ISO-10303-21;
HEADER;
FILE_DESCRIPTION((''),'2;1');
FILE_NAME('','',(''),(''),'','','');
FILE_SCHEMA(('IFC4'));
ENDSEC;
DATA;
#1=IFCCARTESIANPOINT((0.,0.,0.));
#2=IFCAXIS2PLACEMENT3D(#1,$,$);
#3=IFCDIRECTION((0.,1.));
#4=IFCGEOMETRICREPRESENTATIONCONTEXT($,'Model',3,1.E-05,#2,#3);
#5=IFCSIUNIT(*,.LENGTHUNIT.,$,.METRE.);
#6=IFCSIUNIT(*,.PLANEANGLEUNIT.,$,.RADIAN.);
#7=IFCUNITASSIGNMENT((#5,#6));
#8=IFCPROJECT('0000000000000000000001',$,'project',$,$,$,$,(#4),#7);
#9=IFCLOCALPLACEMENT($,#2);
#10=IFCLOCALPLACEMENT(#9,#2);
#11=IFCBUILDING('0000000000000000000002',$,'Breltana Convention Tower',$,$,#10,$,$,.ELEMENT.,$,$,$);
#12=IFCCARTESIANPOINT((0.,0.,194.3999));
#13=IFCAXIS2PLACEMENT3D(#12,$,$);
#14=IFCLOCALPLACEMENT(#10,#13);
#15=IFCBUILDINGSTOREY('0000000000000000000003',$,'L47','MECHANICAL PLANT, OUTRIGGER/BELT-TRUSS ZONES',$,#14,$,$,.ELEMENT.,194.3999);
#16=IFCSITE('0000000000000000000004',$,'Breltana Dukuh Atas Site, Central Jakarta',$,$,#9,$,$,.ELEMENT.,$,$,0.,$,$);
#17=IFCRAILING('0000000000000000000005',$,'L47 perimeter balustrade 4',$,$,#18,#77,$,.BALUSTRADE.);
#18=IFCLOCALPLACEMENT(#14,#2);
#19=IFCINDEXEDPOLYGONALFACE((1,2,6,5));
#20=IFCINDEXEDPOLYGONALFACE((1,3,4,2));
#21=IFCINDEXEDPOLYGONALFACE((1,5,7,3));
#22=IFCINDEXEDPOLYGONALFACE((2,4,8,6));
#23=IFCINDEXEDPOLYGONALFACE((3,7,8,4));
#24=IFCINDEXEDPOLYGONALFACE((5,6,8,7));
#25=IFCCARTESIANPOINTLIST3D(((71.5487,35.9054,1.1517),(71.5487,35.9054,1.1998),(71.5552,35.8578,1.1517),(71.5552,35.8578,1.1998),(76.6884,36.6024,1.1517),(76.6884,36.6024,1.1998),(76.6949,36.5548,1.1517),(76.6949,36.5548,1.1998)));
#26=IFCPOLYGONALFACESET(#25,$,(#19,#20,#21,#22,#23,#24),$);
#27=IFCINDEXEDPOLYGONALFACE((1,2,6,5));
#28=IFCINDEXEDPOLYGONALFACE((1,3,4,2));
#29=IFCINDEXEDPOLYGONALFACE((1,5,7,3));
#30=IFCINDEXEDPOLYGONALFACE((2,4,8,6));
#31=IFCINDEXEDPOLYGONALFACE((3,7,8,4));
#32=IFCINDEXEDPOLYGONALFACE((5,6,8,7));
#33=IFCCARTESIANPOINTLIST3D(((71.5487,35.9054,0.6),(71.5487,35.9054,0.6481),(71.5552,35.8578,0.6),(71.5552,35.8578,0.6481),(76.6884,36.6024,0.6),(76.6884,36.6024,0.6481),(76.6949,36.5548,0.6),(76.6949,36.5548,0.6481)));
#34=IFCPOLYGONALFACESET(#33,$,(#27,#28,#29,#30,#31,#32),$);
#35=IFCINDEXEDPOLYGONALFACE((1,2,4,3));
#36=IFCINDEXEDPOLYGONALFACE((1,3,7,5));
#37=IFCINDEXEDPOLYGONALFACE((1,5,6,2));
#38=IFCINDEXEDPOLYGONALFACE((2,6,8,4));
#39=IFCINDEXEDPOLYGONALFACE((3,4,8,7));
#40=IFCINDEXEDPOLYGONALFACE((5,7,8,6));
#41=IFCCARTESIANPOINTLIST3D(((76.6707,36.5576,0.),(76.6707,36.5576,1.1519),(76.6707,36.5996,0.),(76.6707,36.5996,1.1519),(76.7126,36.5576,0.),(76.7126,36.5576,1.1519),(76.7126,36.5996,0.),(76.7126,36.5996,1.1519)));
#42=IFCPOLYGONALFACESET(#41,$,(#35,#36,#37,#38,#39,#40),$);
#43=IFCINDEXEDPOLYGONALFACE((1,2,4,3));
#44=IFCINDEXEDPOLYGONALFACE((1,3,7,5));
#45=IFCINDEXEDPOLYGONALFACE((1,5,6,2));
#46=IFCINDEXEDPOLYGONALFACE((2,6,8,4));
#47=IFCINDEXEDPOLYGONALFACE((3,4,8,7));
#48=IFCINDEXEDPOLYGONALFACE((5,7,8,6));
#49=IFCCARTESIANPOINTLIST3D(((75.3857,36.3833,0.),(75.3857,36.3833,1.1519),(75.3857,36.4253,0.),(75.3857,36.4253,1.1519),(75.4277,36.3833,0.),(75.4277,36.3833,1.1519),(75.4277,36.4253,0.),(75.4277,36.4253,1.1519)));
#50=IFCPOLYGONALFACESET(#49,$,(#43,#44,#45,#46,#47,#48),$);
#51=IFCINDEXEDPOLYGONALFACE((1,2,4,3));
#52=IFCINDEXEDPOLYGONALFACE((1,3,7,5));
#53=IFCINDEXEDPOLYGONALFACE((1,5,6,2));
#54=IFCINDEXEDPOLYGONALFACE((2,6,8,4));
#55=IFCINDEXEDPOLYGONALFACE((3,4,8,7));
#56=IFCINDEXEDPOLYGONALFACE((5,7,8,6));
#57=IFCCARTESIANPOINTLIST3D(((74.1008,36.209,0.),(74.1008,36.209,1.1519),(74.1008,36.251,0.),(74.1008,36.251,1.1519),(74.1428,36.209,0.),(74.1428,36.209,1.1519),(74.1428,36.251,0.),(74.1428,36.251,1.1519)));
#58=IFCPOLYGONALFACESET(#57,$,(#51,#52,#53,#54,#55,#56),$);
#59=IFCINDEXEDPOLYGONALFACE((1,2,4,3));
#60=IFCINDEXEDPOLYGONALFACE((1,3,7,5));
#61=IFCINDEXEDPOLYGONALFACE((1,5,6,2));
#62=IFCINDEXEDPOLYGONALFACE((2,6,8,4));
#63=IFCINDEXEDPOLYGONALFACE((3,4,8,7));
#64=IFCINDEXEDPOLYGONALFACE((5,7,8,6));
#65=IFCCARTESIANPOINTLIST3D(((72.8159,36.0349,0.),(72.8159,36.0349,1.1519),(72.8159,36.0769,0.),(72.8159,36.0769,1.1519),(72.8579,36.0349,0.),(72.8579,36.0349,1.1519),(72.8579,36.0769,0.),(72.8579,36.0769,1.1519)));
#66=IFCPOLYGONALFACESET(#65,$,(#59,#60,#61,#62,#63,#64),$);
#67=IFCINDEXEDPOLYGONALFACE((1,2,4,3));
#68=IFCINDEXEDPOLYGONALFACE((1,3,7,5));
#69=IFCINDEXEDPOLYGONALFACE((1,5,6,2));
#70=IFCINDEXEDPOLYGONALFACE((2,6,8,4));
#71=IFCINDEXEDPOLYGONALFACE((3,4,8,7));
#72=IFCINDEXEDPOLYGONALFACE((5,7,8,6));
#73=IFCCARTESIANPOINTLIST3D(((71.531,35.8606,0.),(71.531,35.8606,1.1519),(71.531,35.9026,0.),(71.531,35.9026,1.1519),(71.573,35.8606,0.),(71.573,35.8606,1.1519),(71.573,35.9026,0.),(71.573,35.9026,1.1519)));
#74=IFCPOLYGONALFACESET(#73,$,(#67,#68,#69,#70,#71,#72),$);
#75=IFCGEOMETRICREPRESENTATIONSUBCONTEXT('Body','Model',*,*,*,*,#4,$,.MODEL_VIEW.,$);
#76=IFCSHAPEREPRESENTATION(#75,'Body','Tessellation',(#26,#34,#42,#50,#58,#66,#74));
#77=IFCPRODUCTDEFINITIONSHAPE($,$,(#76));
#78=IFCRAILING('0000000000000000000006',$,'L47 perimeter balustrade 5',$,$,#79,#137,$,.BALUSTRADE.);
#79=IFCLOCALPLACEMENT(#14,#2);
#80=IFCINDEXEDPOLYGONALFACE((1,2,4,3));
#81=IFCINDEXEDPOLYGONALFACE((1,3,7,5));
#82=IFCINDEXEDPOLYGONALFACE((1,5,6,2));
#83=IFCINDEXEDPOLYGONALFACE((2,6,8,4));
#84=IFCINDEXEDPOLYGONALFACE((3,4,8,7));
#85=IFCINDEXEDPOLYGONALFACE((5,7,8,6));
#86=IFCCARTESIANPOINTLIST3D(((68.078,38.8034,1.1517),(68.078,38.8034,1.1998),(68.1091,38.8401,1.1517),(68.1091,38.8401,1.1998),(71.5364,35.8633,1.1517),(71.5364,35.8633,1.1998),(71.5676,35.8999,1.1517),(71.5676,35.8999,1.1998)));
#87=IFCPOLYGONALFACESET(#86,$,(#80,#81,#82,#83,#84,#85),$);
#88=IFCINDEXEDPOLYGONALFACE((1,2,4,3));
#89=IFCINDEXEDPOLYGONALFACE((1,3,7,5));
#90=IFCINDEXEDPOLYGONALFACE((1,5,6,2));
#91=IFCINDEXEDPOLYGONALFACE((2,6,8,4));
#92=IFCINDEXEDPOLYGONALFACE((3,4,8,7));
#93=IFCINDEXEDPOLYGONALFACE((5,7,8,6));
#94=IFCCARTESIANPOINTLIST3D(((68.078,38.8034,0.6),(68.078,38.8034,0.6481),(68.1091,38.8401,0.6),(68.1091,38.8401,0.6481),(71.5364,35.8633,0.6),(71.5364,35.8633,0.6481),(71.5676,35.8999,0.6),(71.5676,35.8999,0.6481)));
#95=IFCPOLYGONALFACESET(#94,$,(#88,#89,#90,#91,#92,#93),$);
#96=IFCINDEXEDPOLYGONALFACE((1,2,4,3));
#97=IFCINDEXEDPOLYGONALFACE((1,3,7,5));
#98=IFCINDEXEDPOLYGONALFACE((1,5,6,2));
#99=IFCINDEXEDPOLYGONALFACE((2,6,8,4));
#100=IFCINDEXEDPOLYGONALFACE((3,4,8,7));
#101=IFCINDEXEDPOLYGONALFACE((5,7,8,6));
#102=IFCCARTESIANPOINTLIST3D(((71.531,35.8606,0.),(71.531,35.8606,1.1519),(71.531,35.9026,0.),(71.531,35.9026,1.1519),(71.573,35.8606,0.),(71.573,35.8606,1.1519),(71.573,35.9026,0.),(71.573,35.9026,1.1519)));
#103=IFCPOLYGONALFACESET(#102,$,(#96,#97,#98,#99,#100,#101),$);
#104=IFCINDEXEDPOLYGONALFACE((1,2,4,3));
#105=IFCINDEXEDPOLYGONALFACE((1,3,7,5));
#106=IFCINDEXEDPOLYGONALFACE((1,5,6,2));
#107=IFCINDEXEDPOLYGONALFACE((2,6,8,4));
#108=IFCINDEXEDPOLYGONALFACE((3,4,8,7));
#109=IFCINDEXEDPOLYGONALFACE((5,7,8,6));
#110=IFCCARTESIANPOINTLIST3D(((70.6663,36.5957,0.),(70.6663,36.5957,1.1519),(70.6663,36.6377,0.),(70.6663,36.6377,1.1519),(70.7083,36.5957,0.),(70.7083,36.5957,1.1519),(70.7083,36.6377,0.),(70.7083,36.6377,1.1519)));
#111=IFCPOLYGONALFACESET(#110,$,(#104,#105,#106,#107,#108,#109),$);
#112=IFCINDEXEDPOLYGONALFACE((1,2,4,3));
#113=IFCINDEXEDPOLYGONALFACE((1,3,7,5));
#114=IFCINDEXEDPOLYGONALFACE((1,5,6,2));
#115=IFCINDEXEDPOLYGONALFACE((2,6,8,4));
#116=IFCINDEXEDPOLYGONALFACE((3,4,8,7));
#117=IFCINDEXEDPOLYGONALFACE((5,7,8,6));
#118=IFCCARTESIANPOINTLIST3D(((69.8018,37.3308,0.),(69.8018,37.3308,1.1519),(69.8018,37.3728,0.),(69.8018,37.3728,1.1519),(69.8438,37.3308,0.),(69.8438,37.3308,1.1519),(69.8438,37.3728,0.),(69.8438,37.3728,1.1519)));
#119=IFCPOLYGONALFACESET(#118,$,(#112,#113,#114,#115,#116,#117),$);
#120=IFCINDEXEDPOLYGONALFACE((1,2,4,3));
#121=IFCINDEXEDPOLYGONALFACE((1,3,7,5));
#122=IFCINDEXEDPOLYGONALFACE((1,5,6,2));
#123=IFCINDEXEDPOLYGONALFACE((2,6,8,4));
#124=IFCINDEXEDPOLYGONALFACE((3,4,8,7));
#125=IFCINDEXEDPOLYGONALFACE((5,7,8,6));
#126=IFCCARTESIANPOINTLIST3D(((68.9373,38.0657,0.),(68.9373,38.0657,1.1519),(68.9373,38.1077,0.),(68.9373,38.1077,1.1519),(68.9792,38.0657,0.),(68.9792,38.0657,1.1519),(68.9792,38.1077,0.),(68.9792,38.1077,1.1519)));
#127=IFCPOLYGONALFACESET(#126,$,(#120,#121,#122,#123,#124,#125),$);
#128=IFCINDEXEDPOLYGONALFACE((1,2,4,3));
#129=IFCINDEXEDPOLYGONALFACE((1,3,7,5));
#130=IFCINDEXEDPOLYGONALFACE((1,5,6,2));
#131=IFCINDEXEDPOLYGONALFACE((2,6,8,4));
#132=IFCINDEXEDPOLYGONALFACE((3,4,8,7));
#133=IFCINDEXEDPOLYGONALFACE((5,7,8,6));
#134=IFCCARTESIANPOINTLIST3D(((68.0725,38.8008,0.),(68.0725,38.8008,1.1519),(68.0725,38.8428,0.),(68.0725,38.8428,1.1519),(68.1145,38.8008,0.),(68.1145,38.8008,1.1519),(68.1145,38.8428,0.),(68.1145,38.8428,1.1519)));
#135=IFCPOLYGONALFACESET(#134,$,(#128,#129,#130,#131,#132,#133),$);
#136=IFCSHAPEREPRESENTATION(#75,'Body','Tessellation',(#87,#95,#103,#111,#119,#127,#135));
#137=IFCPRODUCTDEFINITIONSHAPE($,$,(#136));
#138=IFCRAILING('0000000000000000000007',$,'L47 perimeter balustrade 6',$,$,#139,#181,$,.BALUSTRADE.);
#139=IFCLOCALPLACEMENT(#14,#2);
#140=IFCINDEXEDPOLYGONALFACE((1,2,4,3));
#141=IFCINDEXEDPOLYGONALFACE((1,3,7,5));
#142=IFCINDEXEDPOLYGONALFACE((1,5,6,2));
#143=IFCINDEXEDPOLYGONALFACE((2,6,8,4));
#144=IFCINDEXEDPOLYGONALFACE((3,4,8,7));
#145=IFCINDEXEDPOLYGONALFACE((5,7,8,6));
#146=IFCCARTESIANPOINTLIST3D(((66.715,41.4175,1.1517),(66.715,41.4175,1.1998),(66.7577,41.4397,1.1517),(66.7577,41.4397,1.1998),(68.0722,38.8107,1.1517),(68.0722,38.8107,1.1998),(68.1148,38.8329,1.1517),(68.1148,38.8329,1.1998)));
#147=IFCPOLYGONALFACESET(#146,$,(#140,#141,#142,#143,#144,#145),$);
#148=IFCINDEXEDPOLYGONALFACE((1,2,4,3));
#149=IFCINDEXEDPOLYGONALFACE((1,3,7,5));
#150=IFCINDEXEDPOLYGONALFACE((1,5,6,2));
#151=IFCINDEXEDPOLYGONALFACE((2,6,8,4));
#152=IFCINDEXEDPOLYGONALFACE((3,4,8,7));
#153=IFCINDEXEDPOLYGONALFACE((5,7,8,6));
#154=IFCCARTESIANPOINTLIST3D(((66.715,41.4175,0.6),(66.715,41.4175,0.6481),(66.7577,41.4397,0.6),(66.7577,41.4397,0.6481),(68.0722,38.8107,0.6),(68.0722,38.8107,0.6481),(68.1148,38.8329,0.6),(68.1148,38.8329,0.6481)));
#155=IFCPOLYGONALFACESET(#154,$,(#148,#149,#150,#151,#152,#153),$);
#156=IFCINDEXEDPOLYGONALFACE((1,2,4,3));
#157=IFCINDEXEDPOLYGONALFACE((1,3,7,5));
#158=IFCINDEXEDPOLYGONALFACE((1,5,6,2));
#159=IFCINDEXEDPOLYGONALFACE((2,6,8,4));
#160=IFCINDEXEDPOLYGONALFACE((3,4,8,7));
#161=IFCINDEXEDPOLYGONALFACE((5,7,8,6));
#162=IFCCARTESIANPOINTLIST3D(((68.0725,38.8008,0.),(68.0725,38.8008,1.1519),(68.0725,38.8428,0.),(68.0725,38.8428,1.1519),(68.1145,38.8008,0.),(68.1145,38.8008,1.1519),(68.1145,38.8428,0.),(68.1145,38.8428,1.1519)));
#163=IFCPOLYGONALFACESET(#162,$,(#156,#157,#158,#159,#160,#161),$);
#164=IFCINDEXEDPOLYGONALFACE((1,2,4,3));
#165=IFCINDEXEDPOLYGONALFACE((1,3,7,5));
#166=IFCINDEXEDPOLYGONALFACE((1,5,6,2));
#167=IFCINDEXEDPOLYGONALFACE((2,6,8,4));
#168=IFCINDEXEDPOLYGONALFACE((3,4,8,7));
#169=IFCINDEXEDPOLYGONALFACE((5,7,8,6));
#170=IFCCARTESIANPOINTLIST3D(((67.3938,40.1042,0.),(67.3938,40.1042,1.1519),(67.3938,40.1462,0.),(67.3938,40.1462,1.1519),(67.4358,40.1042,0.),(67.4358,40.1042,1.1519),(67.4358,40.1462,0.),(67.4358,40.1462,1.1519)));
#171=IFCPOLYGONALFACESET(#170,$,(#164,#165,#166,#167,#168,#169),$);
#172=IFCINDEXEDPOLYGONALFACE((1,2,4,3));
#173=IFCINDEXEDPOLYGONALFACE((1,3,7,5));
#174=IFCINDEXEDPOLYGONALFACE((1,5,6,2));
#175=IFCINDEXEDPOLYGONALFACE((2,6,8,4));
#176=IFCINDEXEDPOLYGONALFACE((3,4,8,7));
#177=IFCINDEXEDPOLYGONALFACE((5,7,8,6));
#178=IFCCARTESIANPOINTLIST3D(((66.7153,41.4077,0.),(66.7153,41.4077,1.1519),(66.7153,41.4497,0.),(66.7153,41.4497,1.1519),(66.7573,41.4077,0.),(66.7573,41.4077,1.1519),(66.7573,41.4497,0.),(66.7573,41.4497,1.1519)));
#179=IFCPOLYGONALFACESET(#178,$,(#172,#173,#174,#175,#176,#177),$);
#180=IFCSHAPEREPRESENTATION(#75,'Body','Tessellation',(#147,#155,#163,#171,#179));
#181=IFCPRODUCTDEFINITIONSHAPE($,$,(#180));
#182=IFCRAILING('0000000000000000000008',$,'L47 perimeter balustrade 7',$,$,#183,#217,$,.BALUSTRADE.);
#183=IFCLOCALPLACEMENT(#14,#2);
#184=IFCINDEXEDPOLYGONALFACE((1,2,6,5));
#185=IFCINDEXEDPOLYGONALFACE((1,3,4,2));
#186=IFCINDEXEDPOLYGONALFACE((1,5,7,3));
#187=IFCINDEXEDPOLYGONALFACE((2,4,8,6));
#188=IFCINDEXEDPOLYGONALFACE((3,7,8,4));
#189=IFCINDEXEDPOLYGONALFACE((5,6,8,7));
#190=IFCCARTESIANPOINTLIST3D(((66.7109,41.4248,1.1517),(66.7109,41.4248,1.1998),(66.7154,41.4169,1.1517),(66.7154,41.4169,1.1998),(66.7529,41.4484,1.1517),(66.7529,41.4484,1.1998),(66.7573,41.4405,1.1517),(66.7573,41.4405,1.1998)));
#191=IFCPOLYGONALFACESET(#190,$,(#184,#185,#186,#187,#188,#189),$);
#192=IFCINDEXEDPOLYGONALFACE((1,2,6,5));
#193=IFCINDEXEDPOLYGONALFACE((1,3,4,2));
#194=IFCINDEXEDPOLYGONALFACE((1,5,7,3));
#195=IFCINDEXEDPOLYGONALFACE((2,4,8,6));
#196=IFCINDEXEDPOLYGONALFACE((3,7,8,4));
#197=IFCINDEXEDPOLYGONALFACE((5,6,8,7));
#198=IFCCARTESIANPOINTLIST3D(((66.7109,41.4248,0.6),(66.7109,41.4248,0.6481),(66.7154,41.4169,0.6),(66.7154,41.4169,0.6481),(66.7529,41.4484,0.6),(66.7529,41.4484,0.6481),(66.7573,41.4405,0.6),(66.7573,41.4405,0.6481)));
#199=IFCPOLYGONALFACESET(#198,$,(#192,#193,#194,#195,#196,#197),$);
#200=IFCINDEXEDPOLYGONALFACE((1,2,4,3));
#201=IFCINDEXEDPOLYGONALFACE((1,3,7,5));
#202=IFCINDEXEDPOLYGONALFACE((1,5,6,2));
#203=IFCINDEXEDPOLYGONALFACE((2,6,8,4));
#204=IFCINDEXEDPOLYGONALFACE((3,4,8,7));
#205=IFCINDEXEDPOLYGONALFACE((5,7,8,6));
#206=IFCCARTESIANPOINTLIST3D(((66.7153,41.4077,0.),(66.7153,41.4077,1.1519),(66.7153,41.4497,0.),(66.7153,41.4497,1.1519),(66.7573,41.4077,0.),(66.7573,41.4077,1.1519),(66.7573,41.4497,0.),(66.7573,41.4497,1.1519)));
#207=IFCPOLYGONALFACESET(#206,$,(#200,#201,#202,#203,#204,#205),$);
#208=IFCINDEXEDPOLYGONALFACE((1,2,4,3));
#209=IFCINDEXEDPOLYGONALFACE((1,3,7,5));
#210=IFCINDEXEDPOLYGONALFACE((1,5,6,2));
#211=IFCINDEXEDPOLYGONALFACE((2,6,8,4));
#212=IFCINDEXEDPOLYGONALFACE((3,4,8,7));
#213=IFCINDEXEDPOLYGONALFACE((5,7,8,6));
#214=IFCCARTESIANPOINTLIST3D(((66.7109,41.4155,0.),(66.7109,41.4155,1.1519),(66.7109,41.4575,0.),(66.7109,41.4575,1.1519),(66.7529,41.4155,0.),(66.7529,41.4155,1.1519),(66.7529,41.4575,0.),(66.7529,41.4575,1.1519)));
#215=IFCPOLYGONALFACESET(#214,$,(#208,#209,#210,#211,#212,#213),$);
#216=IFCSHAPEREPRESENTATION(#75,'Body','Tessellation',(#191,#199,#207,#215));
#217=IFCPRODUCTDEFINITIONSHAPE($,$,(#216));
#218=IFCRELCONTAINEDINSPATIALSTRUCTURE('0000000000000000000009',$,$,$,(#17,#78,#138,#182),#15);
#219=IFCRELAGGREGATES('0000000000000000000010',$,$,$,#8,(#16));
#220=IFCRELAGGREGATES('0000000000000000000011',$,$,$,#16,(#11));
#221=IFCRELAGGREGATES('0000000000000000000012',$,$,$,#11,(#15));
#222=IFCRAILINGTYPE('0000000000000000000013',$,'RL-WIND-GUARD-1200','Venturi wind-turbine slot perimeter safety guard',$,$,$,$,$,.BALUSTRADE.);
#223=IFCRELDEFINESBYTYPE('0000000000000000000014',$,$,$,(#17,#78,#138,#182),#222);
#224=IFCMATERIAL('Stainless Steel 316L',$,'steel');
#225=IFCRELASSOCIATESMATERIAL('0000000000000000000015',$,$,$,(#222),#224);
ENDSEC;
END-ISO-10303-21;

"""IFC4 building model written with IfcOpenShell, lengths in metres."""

from ifc_helpers import new_model, si_unit, direction, frame, origin, origin_2d, place, context, subcontext, project, spatial, rectangle, extrude, material, type_object, element, save


model = new_model("IFC4")

# Units and contexts
model_context = context("Model", 3, precision=1e-05, world=origin(), true_north=direction((0.0, 1.0)))
body_context = subcontext(model_context, "Body", "Model", "MODEL_VIEW")
ifc_project = project(units=[si_unit("LENGTHUNIT", "METRE"), si_unit("PLANEANGLEUNIT", "RADIAN")], contexts=[model_context])

# Site, building, storey
site_placement = place(None, origin())
site = spatial("IfcSite", under=ifc_project, at=site_placement, Name="Breltana Dukuh Atas Site, Central Jakarta", CompositionType="ELEMENT", RefElevation=0.0)
building_placement = place(site_placement, origin())
building = spatial("IfcBuilding", under=site, at=building_placement, Name="Breltana Convention Tower", CompositionType="ELEMENT")
storey_placement = place(building_placement, frame((0.0, 0.0, 194.3999)))
storey = spatial("IfcBuildingStorey", under=building, at=storey_placement, Name="L47", Description="MECHANICAL PLANT, OUTRIGGER/BELT-TRUSS ZONES", CompositionType="ELEMENT", Elevation=194.3999)

# Railings
ifc_material_1 = material(Name="Stainless Steel 316L", Category="steel")
railing_type = type_object("IfcRailingType", Name="RL-WIND-GUARD-1200", Description="Venturi wind-turbine slot perimeter safety guard", PredefinedType="BALUSTRADE", material=ifc_material_1)
railing_1_placement = place(storey_placement, frame((76.6917, 36.5786, 0.0)))
element("IfcRailing", 1, at=railing_1_placement, inside=storey, type_object=railing_type, Name="L47 perimeter balustrade 4", PredefinedType="BALUSTRADE", context=body_context, shape_type="SweptSolid", body=[
    extrude(rectangle(XDim=0.0481, YDim=0.0481, at=origin_2d()), frame((0.0, 0.0, 1.1758), z_axis=(-0.990929, -0.134386, 0.0), x_axis=(0.134386, -0.990929, 0.0)), (0.0, 0.0, 1.0), 5.1868),
    extrude(rectangle(XDim=0.0481, YDim=0.0481, at=origin_2d()), frame((0.0, 0.0, 0.624), z_axis=(-0.990929, -0.134386, 0.0), x_axis=(0.134386, -0.990929, 0.0)), (0.0, 0.0, 1.0), 5.1868),
    extrude(rectangle(XDim=0.042, YDim=0.042, at=origin_2d()), origin(), (0.0, 0.0, 1.0), 1.1519),
    extrude(rectangle(XDim=0.042, YDim=0.042, at=origin_2d()), frame((-1.2849, -0.1743, 0.0)), (0.0, 0.0, 1.0), 1.1519),
    extrude(rectangle(XDim=0.042, YDim=0.042, at=origin_2d()), frame((-2.5698, -0.3486, 0.0)), (0.0, 0.0, 1.0), 1.1519),
    extrude(rectangle(XDim=0.042, YDim=0.042, at=origin_2d()), frame((-3.8547, -0.5227, 0.0)), (0.0, 0.0, 1.0), 1.1519),
    extrude(rectangle(XDim=0.042, YDim=0.042, at=origin_2d()), frame((-5.1396, -0.697, 0.0)), (0.0, 0.0, 1.0), 1.1519),
])
railing_2_placement = place(storey_placement, frame((71.552, 35.8816, 0.0)))
element("IfcRailing", 2, at=railing_2_placement, inside=storey, type_object=railing_type, Name="L47 perimeter balustrade 5", PredefinedType="BALUSTRADE", context=body_context, shape_type="SweptSolid", body=[
    extrude(rectangle(XDim=0.0481, YDim=0.0481, at=origin_2d()), frame((0.0, 0.0, 1.1758), z_axis=(-0.761889, 0.647708, 0.0), x_axis=(-0.647708, -0.761889, 0.0)), (0.0, 0.0, 1.0), 4.5393),
    extrude(rectangle(XDim=0.0481, YDim=0.0481, at=origin_2d()), frame((0.0, 0.0, 0.624), z_axis=(-0.761889, 0.647708, 0.0), x_axis=(-0.647708, -0.761889, 0.0)), (0.0, 0.0, 1.0), 4.5393),
    extrude(rectangle(XDim=0.042, YDim=0.042, at=origin_2d()), origin(), (0.0, 0.0, 1.0), 1.1519),
    extrude(rectangle(XDim=0.042, YDim=0.042, at=origin_2d()), frame((-0.8647, 0.7351, 0.0)), (0.0, 0.0, 1.0), 1.1519),
    extrude(rectangle(XDim=0.042, YDim=0.042, at=origin_2d()), frame((-1.7292, 1.4702, 0.0)), (0.0, 0.0, 1.0), 1.1519),
    extrude(rectangle(XDim=0.042, YDim=0.042, at=origin_2d()), frame((-2.5938, 2.2051, 0.0)), (0.0, 0.0, 1.0), 1.1519),
    extrude(rectangle(XDim=0.042, YDim=0.042, at=origin_2d()), frame((-3.4585, 2.9402, 0.0)), (0.0, 0.0, 1.0), 1.1519),
])
railing_3_placement = place(storey_placement, frame((68.0935, 38.8218, 0.0)))
element("IfcRailing", 3, at=railing_3_placement, inside=storey, type_object=railing_type, Name="L47 perimeter balustrade 6", PredefinedType="BALUSTRADE", context=body_context, shape_type="SweptSolid", body=[
    extrude(rectangle(XDim=0.0481, YDim=0.0481, at=origin_2d()), frame((0.0, 0.0, 1.1758), z_axis=(-0.461774, 0.886998, 0.0), x_axis=(-0.886998, -0.461774, 0.0)), (0.0, 0.0, 1.0), 2.939),
    extrude(rectangle(XDim=0.0481, YDim=0.0481, at=origin_2d()), frame((0.0, 0.0, 0.624), z_axis=(-0.461774, 0.886998, 0.0), x_axis=(-0.886998, -0.461774, 0.0)), (0.0, 0.0, 1.0), 2.939),
    extrude(rectangle(XDim=0.042, YDim=0.042, at=origin_2d()), origin(), (0.0, 0.0, 1.0), 1.1519),
    extrude(rectangle(XDim=0.042, YDim=0.042, at=origin_2d()), frame((-0.6787, 1.3035, 0.0)), (0.0, 0.0, 1.0), 1.1519),
    extrude(rectangle(XDim=0.042, YDim=0.042, at=origin_2d()), frame((-1.3572, 2.6069, 0.0)), (0.0, 0.0, 1.0), 1.1519),
])
railing_4_placement = place(storey_placement, frame((66.7363, 41.4287, 0.0)))
element("IfcRailing", 4, at=railing_4_placement, inside=storey, type_object=railing_type, Name="L47 perimeter balustrade 7", PredefinedType="BALUSTRADE", context=body_context, shape_type="SweptSolid", body=[
    extrude(rectangle(XDim=0.0481, YDim=0.0481, at=origin_2d()), frame((0.0, 0.0, 1.1758), z_axis=(-0.490261, 0.871576, 0.0), x_axis=(-0.871576, -0.490261, 0.0)), (0.0, 0.0, 1.0), 0.009),
    extrude(rectangle(XDim=0.0481, YDim=0.0481, at=origin_2d()), frame((0.0, 0.0, 0.624), z_axis=(-0.490261, 0.871576, 0.0), x_axis=(-0.871576, -0.490261, 0.0)), (0.0, 0.0, 1.0), 0.009),
    extrude(rectangle(XDim=0.042, YDim=0.042, at=origin_2d()), origin(), (0.0, 0.0, 1.0), 1.1519),
    extrude(rectangle(XDim=0.042, YDim=0.042, at=origin_2d()), frame((-0.0044, 0.0078, 0.0)), (0.0, 0.0, 1.0), 1.1519),
])

save(model, "model.ifc")
